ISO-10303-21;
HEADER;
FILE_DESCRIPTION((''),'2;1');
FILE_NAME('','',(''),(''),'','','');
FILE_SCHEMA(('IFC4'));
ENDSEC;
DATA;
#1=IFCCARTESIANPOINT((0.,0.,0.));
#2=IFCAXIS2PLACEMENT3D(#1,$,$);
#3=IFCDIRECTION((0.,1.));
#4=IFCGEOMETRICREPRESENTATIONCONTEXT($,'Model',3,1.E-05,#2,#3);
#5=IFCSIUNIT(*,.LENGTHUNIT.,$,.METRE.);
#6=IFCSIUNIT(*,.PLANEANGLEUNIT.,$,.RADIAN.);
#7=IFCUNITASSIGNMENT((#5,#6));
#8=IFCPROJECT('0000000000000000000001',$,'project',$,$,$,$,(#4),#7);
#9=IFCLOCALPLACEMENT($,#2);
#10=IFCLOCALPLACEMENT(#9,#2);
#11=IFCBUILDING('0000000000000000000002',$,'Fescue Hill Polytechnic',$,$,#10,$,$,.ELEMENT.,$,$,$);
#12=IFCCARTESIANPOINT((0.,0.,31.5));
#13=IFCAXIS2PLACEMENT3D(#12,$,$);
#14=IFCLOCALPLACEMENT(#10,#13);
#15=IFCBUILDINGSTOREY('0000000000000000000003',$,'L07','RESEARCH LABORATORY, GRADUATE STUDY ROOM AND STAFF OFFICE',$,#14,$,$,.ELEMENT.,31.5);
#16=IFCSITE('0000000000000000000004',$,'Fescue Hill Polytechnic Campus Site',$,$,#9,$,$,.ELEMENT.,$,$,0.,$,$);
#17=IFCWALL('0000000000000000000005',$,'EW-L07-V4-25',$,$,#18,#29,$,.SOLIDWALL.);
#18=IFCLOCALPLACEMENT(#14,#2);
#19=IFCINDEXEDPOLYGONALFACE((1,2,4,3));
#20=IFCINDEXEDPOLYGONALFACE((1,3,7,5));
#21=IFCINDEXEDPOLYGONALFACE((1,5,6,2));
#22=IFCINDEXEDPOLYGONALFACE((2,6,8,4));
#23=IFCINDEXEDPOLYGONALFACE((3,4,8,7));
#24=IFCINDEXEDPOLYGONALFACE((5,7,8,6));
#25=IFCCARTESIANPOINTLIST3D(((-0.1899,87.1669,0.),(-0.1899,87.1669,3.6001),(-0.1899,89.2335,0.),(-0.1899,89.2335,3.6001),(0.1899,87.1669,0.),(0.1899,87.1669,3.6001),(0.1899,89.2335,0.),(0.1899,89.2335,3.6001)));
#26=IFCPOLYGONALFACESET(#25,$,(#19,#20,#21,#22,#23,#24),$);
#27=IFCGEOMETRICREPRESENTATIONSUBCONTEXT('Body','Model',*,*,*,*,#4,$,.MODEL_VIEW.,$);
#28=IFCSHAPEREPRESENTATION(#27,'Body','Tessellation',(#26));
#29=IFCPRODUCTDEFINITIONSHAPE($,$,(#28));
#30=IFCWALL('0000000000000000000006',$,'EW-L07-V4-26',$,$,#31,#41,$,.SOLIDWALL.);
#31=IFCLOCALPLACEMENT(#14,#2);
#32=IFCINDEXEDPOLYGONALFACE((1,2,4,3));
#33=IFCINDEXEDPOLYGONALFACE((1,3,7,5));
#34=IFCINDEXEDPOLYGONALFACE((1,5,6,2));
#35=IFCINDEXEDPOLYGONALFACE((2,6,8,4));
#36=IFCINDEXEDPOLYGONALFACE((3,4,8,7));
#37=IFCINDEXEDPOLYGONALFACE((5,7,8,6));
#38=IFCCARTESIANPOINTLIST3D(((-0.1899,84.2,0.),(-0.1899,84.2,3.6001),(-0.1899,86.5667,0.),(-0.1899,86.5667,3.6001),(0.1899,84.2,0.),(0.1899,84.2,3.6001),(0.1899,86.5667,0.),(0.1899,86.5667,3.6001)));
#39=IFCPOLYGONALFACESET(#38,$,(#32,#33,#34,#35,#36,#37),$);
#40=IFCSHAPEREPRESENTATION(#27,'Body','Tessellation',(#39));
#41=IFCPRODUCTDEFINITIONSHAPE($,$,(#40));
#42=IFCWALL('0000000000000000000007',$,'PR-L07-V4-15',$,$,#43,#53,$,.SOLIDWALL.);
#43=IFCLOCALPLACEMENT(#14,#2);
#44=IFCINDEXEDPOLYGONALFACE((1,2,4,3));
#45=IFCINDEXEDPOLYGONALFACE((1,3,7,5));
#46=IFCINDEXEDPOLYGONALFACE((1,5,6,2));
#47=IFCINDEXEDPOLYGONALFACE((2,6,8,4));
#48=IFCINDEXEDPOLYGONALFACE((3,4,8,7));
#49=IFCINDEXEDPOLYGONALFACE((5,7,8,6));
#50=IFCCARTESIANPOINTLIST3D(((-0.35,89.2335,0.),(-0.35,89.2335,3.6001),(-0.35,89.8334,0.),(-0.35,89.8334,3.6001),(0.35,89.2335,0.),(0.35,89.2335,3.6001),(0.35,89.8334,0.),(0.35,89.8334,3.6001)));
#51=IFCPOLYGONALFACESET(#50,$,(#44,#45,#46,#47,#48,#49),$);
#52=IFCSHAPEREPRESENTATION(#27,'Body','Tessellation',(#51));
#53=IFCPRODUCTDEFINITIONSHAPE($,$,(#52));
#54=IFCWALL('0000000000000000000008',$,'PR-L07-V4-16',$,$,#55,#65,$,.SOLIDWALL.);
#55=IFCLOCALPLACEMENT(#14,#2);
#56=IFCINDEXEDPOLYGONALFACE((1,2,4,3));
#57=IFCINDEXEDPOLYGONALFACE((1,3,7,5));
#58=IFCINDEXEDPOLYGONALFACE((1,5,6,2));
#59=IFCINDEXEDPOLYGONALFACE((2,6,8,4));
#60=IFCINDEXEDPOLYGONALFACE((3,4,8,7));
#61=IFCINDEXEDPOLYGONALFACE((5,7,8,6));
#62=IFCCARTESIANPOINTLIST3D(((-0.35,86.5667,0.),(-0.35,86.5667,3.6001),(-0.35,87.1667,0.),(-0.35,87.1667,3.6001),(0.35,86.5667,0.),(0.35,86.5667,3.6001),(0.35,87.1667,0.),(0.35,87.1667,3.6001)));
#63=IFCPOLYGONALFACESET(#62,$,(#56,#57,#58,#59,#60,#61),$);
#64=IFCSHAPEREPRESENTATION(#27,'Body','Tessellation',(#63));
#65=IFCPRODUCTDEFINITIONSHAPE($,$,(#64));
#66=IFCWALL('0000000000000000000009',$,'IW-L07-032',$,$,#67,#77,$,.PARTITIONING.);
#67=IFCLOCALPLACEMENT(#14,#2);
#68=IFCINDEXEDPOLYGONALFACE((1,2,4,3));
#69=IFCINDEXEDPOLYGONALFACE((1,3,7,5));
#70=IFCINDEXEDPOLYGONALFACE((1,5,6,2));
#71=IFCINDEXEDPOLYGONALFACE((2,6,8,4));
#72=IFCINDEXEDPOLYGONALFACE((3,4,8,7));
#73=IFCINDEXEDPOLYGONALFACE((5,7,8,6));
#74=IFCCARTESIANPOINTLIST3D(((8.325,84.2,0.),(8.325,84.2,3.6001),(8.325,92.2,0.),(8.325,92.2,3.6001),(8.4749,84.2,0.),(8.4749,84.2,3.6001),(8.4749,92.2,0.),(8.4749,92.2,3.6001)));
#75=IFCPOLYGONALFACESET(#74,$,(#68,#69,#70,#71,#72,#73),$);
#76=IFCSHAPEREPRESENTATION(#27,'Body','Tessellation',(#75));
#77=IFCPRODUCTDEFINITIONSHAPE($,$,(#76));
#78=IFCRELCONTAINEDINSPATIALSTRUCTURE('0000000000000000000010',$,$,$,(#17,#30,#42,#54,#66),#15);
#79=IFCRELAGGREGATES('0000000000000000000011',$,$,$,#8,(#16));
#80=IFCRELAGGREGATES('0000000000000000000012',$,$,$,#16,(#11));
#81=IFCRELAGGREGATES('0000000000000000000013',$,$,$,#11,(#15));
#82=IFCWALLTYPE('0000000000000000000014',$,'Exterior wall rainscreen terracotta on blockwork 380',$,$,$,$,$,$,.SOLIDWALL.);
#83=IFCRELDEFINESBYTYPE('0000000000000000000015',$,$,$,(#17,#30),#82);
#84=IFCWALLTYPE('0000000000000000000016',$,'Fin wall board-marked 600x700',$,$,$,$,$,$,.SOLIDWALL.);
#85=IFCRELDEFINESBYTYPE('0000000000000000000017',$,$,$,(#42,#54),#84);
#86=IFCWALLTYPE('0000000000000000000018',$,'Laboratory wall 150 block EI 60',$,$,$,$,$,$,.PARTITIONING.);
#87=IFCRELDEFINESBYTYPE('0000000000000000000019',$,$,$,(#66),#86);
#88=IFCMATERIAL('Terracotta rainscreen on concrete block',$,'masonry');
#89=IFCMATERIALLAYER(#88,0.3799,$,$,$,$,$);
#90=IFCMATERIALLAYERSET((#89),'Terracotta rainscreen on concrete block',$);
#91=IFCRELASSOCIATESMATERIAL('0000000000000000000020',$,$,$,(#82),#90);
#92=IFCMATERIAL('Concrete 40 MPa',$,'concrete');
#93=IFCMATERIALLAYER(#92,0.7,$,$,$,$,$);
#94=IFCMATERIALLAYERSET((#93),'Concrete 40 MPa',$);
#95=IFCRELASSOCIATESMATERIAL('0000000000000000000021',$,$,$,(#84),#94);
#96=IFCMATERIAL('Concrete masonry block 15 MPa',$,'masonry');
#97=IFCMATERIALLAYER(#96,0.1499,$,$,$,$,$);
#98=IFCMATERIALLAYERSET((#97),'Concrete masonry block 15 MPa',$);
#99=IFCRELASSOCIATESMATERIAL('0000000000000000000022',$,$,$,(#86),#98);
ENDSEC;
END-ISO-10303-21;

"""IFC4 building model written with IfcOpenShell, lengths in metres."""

from ifc_helpers import new_model, si_unit, direction, frame, frame_2d, origin, place, context, subcontext, project, spatial, rectangle, extrude, material, layer, layer_set, type_object, element, save


model = new_model("IFC4")

# Units and contexts
model_context = context("Model", 3, precision=1e-05, world=origin(), true_north=direction((0.0, 1.0)))
body_context = subcontext(model_context, "Body", "Model", "MODEL_VIEW")
ifc_project = project(units=[si_unit("LENGTHUNIT", "METRE"), si_unit("PLANEANGLEUNIT", "RADIAN")], contexts=[model_context])

# Site, building, storey
site_placement = place(None, origin())
site = spatial("IfcSite", under=ifc_project, at=site_placement, Name="Fescue Hill Polytechnic Campus Site", CompositionType="ELEMENT", RefElevation=0.0)
building_placement = place(site_placement, origin())
building = spatial("IfcBuilding", under=site, at=building_placement, Name="Fescue Hill Polytechnic", CompositionType="ELEMENT")
storey_placement = place(building_placement, frame((0.0, 0.0, 31.5)))
storey = spatial("IfcBuildingStorey", under=building, at=storey_placement, Name="L07", Description="RESEARCH LABORATORY, GRADUATE STUDY ROOM AND STAFF OFFICE", CompositionType="ELEMENT", Elevation=31.5)

# Shared definitions
ifc_material_1 = material(Name="Concrete 40 MPa", Category="concrete")

# Walls
ifc_material_2 = material(Name="Terracotta rainscreen on concrete block", Category="masonry")
ifc_layer_1 = layer(ifc_material_2, 0.3799)
ifc_layer_set_1 = layer_set([ifc_layer_1], Name="Terracotta rainscreen on concrete block")
wall_type_1 = type_object("IfcWallType", Name="Exterior wall rainscreen terracotta on blockwork 380", PredefinedType="SOLIDWALL", material=ifc_layer_set_1)
wall_1_placement = place(storey_placement, frame((0.0, 89.2334, 0.0), z_axis=(0.0, 0.0, 1.0), x_axis=(0.0, -1.0, 0.0)))
element("IfcWall", 1, at=wall_1_placement, inside=storey, type_object=wall_type_1, Name="EW-L07-V4-25", PredefinedType="SOLIDWALL", context=body_context, shape_type="SweptSolid", body=[
    extrude(rectangle(XDim=2.0667, YDim=0.3799, at=frame_2d((1.0332, 0.0))), origin(), (0.0, 0.0, 1.0), 3.6001),
])
wall_2_placement = place(storey_placement, frame((0.0, 86.5667, 0.0), z_axis=(0.0, 0.0, 1.0), x_axis=(0.0, -1.0, 0.0)))
element("IfcWall", 2, at=wall_2_placement, inside=storey, type_object=wall_type_1, Name="EW-L07-V4-26", PredefinedType="SOLIDWALL", context=body_context, shape_type="SweptSolid", body=[
    extrude(rectangle(XDim=2.3667, YDim=0.3799, at=frame_2d((1.1833, 0.0))), origin(), (0.0, 0.0, 1.0), 3.6001),
])
ifc_layer_2 = layer(ifc_material_1, 0.7)
ifc_layer_set_2 = layer_set([ifc_layer_2], Name="Concrete 40 MPa")
wall_type_2 = type_object("IfcWallType", Name="Fin wall board-marked 600x700", PredefinedType="SOLIDWALL", material=ifc_layer_set_2)
wall_3_placement = place(storey_placement, frame((0.0, 89.8333, 0.0), z_axis=(0.0, 0.0, 1.0), x_axis=(0.0, -1.0, 0.0)))
element("IfcWall", 3, at=wall_3_placement, inside=storey, type_object=wall_type_2, Name="PR-L07-V4-15", PredefinedType="SOLIDWALL", context=body_context, shape_type="SweptSolid", body=[
    extrude(rectangle(XDim=0.5999, YDim=0.7, at=frame_2d((0.2998, 0.0))), origin(), (0.0, 0.0, 1.0), 3.6001),
])
wall_4_placement = place(storey_placement, frame((0.0, 87.1667, 0.0), z_axis=(0.0, 0.0, 1.0), x_axis=(0.0, -1.0, 0.0)))
element("IfcWall", 4, at=wall_4_placement, inside=storey, type_object=wall_type_2, Name="PR-L07-V4-16", PredefinedType="SOLIDWALL", context=body_context, shape_type="SweptSolid", body=[
    extrude(rectangle(XDim=0.6001, YDim=0.7, at=frame_2d((0.3, 0.0))), origin(), (0.0, 0.0, 1.0), 3.6001),
])
ifc_material_3 = material(Name="Concrete masonry block 15 MPa", Category="masonry")
ifc_layer_3 = layer(ifc_material_3, 0.1499)
ifc_layer_set_3 = layer_set([ifc_layer_3], Name="Concrete masonry block 15 MPa")
wall_type_3 = type_object("IfcWallType", Name="Laboratory wall 150 block EI 60", PredefinedType="PARTITIONING", material=ifc_layer_set_3)
wall_5_placement = place(storey_placement, frame((8.3999, 84.2, 0.0), z_axis=(0.0, 0.0, 1.0), x_axis=(0.0, 1.0, 0.0)))
element("IfcWall", 5, at=wall_5_placement, inside=storey, type_object=wall_type_3, Name="IW-L07-032", PredefinedType="PARTITIONING", context=body_context, shape_type="SweptSolid", body=[
    extrude(rectangle(XDim=8.0, YDim=0.1499, at=frame_2d((4.0, 0.0))), origin(), (0.0, 0.0, 1.0), 3.6001),
])

save(model, "model.ifc")
